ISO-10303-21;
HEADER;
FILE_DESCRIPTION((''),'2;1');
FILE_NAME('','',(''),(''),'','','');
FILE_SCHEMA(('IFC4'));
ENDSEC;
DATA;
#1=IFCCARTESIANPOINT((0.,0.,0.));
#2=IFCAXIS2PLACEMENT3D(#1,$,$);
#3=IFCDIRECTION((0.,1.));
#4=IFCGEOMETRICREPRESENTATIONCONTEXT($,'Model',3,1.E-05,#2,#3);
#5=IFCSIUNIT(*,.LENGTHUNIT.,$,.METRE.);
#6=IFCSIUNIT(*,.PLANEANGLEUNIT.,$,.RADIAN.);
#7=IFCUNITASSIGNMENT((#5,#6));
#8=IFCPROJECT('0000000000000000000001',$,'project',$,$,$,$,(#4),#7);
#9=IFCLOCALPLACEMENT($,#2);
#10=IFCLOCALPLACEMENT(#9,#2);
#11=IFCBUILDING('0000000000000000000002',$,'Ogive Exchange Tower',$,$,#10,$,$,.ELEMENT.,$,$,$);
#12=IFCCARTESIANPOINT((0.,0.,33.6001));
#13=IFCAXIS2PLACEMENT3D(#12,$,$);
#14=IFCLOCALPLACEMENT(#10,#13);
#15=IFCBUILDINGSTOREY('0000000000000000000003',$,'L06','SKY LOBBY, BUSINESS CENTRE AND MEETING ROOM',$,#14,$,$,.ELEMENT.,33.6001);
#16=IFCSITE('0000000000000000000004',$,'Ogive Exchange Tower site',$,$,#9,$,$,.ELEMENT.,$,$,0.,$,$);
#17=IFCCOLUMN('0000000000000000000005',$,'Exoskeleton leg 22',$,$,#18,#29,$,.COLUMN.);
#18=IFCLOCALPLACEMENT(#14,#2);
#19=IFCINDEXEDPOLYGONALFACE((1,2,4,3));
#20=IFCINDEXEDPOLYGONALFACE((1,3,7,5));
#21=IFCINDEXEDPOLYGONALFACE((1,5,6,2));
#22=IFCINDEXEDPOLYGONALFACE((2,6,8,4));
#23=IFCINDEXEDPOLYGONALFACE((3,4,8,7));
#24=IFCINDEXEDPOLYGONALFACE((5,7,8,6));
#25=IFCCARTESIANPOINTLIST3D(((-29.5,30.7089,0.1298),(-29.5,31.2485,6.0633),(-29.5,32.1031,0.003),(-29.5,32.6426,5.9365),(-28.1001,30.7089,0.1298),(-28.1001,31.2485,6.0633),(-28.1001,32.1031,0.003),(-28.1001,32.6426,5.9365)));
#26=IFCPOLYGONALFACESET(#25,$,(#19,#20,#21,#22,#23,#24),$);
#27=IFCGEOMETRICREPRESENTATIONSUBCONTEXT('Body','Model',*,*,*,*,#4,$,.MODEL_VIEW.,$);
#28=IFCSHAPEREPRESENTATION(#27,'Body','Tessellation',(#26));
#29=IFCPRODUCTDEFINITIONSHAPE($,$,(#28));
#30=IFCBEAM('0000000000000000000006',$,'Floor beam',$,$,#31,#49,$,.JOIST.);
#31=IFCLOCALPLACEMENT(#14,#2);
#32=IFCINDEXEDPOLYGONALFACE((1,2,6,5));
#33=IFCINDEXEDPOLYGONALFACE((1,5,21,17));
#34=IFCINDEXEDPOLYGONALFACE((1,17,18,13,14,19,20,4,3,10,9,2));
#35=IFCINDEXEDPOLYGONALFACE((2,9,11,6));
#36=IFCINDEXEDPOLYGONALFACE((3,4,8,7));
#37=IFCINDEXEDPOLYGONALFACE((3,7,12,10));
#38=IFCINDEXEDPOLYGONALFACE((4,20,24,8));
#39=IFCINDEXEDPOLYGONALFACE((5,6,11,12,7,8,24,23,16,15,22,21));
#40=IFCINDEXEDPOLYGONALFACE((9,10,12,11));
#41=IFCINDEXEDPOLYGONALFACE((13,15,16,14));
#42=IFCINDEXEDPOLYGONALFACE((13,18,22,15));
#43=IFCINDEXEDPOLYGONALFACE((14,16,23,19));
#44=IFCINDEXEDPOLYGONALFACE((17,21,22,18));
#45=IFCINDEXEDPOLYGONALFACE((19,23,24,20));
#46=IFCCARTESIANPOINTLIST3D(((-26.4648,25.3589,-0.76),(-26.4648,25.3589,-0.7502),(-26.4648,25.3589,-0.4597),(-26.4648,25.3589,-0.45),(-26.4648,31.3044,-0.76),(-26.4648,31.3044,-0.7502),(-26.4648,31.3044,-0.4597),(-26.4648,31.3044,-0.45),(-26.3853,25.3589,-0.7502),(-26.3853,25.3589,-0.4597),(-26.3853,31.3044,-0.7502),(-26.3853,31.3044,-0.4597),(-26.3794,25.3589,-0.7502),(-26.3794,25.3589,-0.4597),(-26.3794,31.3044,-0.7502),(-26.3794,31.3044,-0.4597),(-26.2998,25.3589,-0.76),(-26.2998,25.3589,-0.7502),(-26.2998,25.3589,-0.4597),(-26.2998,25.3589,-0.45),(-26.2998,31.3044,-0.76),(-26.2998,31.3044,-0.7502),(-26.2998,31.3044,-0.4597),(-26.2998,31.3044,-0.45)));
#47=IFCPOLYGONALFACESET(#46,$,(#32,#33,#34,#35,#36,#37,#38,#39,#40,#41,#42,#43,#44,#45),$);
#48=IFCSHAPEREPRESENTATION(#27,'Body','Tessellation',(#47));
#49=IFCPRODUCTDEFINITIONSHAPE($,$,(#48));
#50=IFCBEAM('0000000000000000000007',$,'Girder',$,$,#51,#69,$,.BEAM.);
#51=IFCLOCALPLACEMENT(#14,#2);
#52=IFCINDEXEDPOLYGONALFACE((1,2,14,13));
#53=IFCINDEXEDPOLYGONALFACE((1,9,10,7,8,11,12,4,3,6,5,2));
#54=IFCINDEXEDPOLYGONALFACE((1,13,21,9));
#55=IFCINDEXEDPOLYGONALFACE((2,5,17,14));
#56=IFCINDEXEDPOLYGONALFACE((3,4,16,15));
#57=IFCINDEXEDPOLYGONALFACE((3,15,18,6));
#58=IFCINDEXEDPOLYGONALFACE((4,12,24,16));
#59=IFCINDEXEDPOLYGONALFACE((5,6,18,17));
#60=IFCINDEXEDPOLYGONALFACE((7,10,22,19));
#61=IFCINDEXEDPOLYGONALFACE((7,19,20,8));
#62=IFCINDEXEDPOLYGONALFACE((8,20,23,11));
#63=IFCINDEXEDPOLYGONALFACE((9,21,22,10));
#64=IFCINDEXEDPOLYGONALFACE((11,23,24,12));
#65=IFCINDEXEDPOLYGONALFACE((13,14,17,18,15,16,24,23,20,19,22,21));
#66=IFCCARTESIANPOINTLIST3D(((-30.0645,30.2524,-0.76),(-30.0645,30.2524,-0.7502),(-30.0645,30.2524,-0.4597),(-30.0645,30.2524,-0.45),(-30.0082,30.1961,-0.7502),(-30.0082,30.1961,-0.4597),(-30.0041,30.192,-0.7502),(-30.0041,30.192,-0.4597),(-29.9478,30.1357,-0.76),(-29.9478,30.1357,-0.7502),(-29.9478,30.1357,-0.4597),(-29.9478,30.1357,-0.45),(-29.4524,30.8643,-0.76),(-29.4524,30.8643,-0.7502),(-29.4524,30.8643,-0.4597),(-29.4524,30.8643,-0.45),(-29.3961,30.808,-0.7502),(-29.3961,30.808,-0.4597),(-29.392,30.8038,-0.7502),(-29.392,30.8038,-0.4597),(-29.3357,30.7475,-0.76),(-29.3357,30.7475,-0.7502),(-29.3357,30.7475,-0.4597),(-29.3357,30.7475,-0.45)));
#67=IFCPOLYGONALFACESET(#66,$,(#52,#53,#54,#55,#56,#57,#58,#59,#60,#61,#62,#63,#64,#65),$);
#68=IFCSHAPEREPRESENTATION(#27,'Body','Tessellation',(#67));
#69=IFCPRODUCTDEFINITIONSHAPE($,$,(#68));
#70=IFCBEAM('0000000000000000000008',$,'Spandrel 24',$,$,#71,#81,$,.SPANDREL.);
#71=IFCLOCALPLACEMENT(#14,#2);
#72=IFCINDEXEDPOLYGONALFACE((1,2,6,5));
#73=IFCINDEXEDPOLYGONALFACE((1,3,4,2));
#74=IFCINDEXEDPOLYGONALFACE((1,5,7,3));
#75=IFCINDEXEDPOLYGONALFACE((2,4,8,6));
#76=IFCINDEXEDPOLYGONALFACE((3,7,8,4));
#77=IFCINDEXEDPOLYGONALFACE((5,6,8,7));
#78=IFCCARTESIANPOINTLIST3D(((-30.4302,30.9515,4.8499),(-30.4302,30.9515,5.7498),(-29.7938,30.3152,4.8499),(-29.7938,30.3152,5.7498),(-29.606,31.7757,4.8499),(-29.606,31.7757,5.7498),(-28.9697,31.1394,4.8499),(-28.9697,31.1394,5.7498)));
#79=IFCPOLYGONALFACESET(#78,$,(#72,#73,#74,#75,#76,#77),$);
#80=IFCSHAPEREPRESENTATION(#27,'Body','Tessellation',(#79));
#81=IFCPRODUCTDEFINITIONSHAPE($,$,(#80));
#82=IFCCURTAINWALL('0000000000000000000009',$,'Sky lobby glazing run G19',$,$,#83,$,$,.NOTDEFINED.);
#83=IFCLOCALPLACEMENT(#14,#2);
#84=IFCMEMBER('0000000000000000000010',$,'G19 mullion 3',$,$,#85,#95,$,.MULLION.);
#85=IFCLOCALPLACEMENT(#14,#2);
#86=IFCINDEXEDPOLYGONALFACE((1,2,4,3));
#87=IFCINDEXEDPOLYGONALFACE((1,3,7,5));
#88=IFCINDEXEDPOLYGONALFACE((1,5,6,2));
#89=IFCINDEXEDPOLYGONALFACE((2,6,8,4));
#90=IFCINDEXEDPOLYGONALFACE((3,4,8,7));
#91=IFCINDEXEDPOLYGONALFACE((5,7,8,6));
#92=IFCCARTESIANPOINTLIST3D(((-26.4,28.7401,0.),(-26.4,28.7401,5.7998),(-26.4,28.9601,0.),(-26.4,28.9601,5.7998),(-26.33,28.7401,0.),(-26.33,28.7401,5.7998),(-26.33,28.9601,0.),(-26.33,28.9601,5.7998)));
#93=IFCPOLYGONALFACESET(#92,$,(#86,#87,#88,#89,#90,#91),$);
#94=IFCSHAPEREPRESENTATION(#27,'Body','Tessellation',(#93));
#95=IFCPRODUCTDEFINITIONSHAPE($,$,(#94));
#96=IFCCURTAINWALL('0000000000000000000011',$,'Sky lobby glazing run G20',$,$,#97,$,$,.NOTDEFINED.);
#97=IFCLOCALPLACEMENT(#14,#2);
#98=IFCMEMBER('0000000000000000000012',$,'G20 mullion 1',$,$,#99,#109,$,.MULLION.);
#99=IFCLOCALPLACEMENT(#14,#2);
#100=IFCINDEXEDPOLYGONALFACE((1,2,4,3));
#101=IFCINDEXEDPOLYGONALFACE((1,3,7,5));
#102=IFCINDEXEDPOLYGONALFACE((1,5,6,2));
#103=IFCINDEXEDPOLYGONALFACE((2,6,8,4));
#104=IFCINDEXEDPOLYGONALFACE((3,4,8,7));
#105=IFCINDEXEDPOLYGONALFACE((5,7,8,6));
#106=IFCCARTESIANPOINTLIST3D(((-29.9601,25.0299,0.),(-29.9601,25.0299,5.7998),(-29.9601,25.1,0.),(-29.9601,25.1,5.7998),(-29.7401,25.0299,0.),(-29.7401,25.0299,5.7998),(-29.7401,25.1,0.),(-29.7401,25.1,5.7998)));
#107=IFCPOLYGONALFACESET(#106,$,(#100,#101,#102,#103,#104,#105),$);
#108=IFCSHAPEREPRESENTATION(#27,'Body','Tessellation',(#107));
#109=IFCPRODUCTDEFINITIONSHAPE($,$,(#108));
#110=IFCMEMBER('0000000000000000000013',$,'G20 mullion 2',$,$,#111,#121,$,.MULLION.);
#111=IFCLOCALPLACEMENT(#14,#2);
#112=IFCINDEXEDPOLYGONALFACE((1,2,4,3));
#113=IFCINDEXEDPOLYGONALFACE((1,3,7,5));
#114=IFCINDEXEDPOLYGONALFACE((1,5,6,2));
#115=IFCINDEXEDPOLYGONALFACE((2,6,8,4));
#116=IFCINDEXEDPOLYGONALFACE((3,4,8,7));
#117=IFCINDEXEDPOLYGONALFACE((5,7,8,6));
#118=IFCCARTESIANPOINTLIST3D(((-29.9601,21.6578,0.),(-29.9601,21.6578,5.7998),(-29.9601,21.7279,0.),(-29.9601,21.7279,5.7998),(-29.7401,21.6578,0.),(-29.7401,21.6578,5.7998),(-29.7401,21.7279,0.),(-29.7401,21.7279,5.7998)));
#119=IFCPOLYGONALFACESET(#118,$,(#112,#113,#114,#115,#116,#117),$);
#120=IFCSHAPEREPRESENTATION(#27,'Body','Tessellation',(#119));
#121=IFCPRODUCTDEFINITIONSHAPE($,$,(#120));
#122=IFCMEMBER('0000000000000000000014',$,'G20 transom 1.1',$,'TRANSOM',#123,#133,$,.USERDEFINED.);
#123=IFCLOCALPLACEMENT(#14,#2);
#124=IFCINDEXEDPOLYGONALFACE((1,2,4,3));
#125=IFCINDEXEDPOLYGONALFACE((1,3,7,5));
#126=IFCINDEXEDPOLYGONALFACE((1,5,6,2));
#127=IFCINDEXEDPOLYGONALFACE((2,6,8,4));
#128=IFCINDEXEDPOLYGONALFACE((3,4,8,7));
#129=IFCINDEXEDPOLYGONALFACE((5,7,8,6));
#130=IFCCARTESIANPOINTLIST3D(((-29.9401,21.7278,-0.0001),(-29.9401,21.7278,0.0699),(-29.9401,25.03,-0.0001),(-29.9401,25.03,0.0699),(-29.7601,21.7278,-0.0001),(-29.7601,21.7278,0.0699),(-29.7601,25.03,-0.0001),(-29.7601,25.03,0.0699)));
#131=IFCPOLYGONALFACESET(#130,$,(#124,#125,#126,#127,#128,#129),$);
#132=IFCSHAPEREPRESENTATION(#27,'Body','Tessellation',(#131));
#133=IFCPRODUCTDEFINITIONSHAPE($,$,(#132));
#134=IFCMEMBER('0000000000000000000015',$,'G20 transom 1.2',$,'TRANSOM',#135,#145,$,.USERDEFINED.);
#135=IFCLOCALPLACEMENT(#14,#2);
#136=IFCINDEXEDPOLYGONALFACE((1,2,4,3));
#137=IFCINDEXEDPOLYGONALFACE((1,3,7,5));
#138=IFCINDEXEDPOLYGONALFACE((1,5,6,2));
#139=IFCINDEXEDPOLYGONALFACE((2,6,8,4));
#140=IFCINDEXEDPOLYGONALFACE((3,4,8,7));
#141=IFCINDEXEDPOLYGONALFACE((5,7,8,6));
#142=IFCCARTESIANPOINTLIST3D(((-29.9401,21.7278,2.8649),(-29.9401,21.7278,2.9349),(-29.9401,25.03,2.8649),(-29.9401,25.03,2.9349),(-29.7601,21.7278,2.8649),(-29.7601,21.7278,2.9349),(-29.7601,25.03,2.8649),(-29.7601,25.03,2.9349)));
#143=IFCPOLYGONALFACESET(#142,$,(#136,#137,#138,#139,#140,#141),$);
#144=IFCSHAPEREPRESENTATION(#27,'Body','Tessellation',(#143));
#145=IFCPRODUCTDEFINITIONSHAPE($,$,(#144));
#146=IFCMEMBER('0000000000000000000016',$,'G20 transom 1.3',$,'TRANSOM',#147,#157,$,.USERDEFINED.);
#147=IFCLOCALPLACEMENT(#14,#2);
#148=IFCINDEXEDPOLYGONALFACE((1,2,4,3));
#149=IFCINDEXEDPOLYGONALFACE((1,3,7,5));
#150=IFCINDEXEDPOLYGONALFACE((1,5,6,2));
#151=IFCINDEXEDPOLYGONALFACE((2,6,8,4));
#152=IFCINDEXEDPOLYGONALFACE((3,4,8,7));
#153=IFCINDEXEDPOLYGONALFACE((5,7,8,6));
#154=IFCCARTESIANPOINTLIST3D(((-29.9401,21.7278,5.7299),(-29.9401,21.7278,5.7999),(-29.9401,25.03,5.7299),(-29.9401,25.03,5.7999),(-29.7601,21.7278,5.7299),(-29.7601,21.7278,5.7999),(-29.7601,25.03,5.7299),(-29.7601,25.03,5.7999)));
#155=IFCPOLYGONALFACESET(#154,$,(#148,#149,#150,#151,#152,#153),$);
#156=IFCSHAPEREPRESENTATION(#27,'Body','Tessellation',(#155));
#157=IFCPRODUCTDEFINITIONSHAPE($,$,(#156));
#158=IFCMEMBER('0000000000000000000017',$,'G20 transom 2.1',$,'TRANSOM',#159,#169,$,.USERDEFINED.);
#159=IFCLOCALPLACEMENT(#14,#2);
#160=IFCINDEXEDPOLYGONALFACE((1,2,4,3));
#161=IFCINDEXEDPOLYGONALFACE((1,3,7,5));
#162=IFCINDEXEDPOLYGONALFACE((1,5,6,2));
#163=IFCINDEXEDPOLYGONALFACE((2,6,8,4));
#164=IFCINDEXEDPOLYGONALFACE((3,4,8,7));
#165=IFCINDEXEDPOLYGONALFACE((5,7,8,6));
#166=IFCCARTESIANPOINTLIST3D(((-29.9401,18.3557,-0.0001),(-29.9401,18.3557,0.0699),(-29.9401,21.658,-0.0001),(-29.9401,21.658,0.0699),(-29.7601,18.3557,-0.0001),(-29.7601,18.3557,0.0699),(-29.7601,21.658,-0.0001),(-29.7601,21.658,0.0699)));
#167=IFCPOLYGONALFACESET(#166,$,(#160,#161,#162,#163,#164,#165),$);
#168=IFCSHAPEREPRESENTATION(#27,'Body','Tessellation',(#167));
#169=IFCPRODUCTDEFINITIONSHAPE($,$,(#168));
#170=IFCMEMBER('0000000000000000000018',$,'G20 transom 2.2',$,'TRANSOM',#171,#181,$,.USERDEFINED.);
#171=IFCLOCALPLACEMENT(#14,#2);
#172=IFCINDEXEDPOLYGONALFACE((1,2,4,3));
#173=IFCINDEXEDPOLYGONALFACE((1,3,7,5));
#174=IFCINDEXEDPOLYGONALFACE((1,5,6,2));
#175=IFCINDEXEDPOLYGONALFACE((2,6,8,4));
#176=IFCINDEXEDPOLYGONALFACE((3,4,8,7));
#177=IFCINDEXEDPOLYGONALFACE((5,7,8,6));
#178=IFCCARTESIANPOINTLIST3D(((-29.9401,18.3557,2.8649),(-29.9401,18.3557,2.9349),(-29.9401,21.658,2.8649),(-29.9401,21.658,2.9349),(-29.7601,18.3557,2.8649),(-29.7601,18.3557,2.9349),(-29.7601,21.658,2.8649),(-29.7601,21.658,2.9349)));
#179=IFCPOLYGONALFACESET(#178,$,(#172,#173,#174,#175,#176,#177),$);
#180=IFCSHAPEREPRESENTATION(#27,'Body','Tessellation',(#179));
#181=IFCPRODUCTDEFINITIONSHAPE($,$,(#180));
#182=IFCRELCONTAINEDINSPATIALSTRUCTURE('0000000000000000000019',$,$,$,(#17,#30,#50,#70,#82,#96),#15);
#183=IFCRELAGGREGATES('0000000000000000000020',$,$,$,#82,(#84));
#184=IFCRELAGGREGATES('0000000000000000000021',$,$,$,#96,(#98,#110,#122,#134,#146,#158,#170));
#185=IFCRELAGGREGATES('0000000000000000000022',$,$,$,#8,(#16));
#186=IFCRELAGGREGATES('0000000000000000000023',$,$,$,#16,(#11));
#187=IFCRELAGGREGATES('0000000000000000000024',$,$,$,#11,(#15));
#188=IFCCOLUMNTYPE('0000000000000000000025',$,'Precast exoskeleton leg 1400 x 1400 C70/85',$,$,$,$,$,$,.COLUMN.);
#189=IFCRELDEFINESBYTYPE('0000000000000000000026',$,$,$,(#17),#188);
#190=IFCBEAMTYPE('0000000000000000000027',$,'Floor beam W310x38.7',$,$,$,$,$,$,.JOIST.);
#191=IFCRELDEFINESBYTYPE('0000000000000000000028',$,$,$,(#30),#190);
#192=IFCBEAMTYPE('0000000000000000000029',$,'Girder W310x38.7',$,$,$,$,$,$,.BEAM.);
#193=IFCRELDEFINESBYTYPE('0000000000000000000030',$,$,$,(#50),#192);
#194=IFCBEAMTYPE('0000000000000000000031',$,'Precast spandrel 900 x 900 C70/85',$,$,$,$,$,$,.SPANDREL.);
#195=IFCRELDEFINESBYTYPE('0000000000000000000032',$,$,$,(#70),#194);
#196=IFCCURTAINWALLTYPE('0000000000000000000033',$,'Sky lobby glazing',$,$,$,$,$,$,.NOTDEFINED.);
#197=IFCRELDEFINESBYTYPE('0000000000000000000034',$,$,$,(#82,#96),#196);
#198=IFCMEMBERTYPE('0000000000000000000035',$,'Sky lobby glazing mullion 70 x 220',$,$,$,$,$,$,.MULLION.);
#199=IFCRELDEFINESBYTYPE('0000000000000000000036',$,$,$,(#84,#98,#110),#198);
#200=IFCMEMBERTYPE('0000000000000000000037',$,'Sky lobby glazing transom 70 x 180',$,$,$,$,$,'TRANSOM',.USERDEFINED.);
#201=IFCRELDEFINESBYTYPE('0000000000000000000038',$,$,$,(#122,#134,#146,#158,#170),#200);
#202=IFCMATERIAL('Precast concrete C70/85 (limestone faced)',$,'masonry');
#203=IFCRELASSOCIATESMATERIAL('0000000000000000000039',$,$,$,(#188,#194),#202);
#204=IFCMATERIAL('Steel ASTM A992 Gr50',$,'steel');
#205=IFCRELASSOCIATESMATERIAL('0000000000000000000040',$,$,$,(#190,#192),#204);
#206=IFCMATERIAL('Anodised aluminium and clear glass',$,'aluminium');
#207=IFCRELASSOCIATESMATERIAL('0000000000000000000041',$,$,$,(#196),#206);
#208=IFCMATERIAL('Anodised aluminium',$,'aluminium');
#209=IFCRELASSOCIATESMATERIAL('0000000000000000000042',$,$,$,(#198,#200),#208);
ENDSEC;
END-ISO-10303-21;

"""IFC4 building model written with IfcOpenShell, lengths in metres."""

from ifc_helpers import new_model, si_unit, direction, frame, origin, origin_2d, place, context, subcontext, project, spatial, rectangle, i_section, extrude, material, material_profile, profile_set, type_object, element, aggregate, save


model = new_model("IFC4")

# Units and contexts
model_context = context("Model", 3, precision=1e-05, world=origin(), true_north=direction((0.0, 1.0)))
body_context = subcontext(model_context, "Body", "Model", "MODEL_VIEW")
ifc_project = project(units=[si_unit("LENGTHUNIT", "METRE"), si_unit("PLANEANGLEUNIT", "RADIAN")], contexts=[model_context])

# Site, building, storey
site_placement = place(None, origin())
site = spatial("IfcSite", under=ifc_project, at=site_placement, Name="Ogive Exchange Tower site", CompositionType="ELEMENT", RefElevation=0.0)
building_placement = place(site_placement, origin())
building = spatial("IfcBuilding", under=site, at=building_placement, Name="Ogive Exchange Tower", CompositionType="ELEMENT")
storey_placement = place(building_placement, frame((0.0, 0.0, 33.6001)))
storey = spatial("IfcBuildingStorey", under=building, at=storey_placement, Name="L06", Description="SKY LOBBY, BUSINESS CENTRE AND MEETING ROOM", CompositionType="ELEMENT", Elevation=33.6001)

# Column
ifc_material_1 = material(Name="Precast concrete C70/85 (limestone faced)", Category="masonry")
ifc_material_profile_1 = material_profile(ifc_material_1, rectangle(XDim=1.3999, YDim=1.3999, at=origin_2d()), Name="1400 x 1400")
ifc_profile_set_1 = profile_set([ifc_material_profile_1], Name="Precast concrete C70/85 (limestone faced)")
column_type = type_object("IfcColumnType", Name="Precast exoskeleton leg 1400 x 1400 C70/85", PredefinedType="COLUMN", material=ifc_profile_set_1)
column_placement = place(storey_placement, frame((-28.8, 31.406, 0.0664), z_axis=(0.0, 0.090558, 0.995891), x_axis=(-1.0, 0.0, 0.0)))
element("IfcColumn", 1, at=column_placement, inside=storey, type_object=column_type, Name="Exoskeleton leg 22", PredefinedType="COLUMN", context=body_context, shape_type="SweptSolid", body=[
    extrude(rectangle(XDim=1.3999, YDim=1.3999, at=origin_2d()), origin(), (0.0, 0.0, 1.0), 5.958),
])

# Beams
ifc_material_2 = material(Name="Steel ASTM A992 Gr50", Category="steel")
ifc_material_profile_2 = material_profile(ifc_material_2, i_section(OverallWidth=0.165, OverallDepth=0.3101, WebThickness=0.0059, FlangeThickness=0.0098, at=origin_2d()), Name="W310x38.7")
ifc_profile_set_2 = profile_set([ifc_material_profile_2], Name="Steel ASTM A992 Gr50")
beam_type_1 = type_object("IfcBeamType", Name="Floor beam W310x38.7", PredefinedType="JOIST", material=ifc_profile_set_2)
beam_1_placement = place(storey_placement, frame((-26.3823, 25.3589, -0.605), z_axis=(0.0, 1.0, 0.0), x_axis=(-1.0, 0.0, 0.0)))
element("IfcBeam", 2, at=beam_1_placement, inside=storey, type_object=beam_type_1, Name="Floor beam", PredefinedType="JOIST", context=body_context, shape_type="SweptSolid", body=[
    extrude(i_section(OverallWidth=0.165, OverallDepth=0.3101, WebThickness=0.0059, FlangeThickness=0.0098, at=origin_2d()), origin(), (0.0, 0.0, 1.0), 5.9456),
])
ifc_material_profile_3 = material_profile(ifc_material_2, i_section(OverallWidth=0.165, OverallDepth=0.3101, WebThickness=0.0059, FlangeThickness=0.0098, at=origin_2d()), Name="W310x38.7")
ifc_profile_set_3 = profile_set([ifc_material_profile_3], Name="Steel ASTM A992 Gr50")
beam_type_2 = type_object("IfcBeamType", Name="Girder W310x38.7", PredefinedType="BEAM", material=ifc_profile_set_3)
beam_2_placement = place(storey_placement, frame((-29.394, 30.8059, -0.605), z_axis=(-0.707248, -0.706966, 0.0), x_axis=(0.706966, -0.707248, 0.0)))
element("IfcBeam", 3, at=beam_2_placement, inside=storey, type_object=beam_type_2, Name="Girder", PredefinedType="BEAM", context=body_context, shape_type="SweptSolid", body=[
    extrude(i_section(OverallWidth=0.165, OverallDepth=0.3101, WebThickness=0.0059, FlangeThickness=0.0098, at=origin_2d()), origin(), (0.0, 0.0, 1.0), 0.8655),
])
ifc_material_profile_4 = material_profile(ifc_material_1, rectangle(XDim=0.8999, YDim=0.8999, at=origin_2d()), Name="900 x 900")
ifc_profile_set_4 = profile_set([ifc_material_profile_4], Name="Precast concrete C70/85 (limestone faced)")
beam_type_3 = type_object("IfcBeamType", Name="Precast spandrel 900 x 900 C70/85", PredefinedType="SPANDREL", material=ifc_profile_set_4)
beam_3_placement = place(storey_placement, frame((-29.2878, 31.4575, 5.2998), z_axis=(-0.707107, -0.707107, 0.0), x_axis=(0.707107, -0.707107, 0.0)))
element("IfcBeam", 4, at=beam_3_placement, inside=storey, type_object=beam_type_3, Name="Spandrel 24", PredefinedType="SPANDREL", context=body_context, shape_type="SweptSolid", body=[
    extrude(rectangle(XDim=0.8999, YDim=0.8999, at=origin_2d()), origin(), (0.0, 0.0, 1.0), 1.1655),
])

# Curtain wall, member
ifc_material_3 = material(Name="Anodised aluminium and clear glass", Category="aluminium")
curtain_wall_type = type_object("IfcCurtainWallType", Name="Sky lobby glazing", PredefinedType="NOTDEFINED", material=ifc_material_3)
curtain_wall_1_placement = place(storey_placement, origin())
curtain_wall_1 = element("IfcCurtainWall", 5, at=curtain_wall_1_placement, inside=storey, type_object=curtain_wall_type, Name="Sky lobby glazing run G19", PredefinedType="NOTDEFINED")
ifc_material_4 = material(Name="Anodised aluminium", Category="aluminium")
ifc_material_profile_5 = material_profile(ifc_material_4, rectangle(XDim=0.22, YDim=0.0701, at=origin_2d()), Name="AL 70x220")
ifc_profile_set_5 = profile_set([ifc_material_profile_5], Name="Anodised aluminium")
member_type_1 = type_object("IfcMemberType", Name="Sky lobby glazing mullion 70 x 220", PredefinedType="MULLION", material=ifc_profile_set_5)
member_1_placement = place(storey_placement, frame((-26.365, 28.8501, 0.0), z_axis=(0.0, 0.0, 1.0), x_axis=(0.0, -1.0, 0.0)))
member_1 = element("IfcMember", 6, at=member_1_placement, type_object=member_type_1, Name="G19 mullion 3", PredefinedType="MULLION", context=body_context, shape_type="SweptSolid", body=[
    extrude(rectangle(XDim=0.22, YDim=0.0701, at=origin_2d()), origin(), (0.0, 0.0, 1.0), 5.7998),
])

# Curtain wall, members
curtain_wall_2_placement = place(storey_placement, origin())
curtain_wall_2 = element("IfcCurtainWall", 7, at=curtain_wall_2_placement, inside=storey, type_object=curtain_wall_type, Name="Sky lobby glazing run G20", PredefinedType="NOTDEFINED")
member_2_placement = place(storey_placement, frame((-29.8501, 25.0649, 0.0), z_axis=(0.0, 0.0, 1.0), x_axis=(1.0, 0.0, 0.0)))
member_2 = element("IfcMember", 8, at=member_2_placement, type_object=member_type_1, Name="G20 mullion 1", PredefinedType="MULLION", context=body_context, shape_type="SweptSolid", body=[
    extrude(rectangle(XDim=0.22, YDim=0.0701, at=origin_2d()), origin(), (0.0, 0.0, 1.0), 5.7998),
])
member_3_placement = place(storey_placement, frame((-29.8501, 21.6929, 0.0), z_axis=(0.0, 0.0, 1.0), x_axis=(1.0, 0.0, 0.0)))
member_3 = element("IfcMember", 9, at=member_3_placement, type_object=member_type_1, Name="G20 mullion 2", PredefinedType="MULLION", context=body_context, shape_type="SweptSolid", body=[
    extrude(rectangle(XDim=0.22, YDim=0.0701, at=origin_2d()), origin(), (0.0, 0.0, 1.0), 5.7998),
])
ifc_material_profile_6 = material_profile(ifc_material_4, rectangle(XDim=0.1799, YDim=0.0701, at=origin_2d()), Name="AL 70x180")
ifc_profile_set_6 = profile_set([ifc_material_profile_6], Name="Anodised aluminium")
member_type_2 = type_object("IfcMemberType", Name="Sky lobby glazing transom 70 x 180", ElementType="TRANSOM", PredefinedType="USERDEFINED", material=ifc_profile_set_6)
member_4_placement = place(storey_placement, frame((-29.8501, 25.03, 0.0349), z_axis=(0.0, -1.0, 0.0), x_axis=(1.0, 0.0, 0.0)))
member_4 = element("IfcMember", 10, at=member_4_placement, type_object=member_type_2, Name="G20 transom 1.1", ObjectType="TRANSOM", PredefinedType="USERDEFINED", context=body_context, shape_type="SweptSolid", body=[
    extrude(rectangle(XDim=0.1799, YDim=0.0701, at=origin_2d()), origin(), (0.0, 0.0, 1.0), 3.3022),
])
member_5_placement = place(storey_placement, frame((-29.8501, 25.03, 2.8999), z_axis=(0.0, -1.0, 0.0), x_axis=(1.0, 0.0, 0.0)))
member_5 = element("IfcMember", 11, at=member_5_placement, type_object=member_type_2, Name="G20 transom 1.2", ObjectType="TRANSOM", PredefinedType="USERDEFINED", context=body_context, shape_type="SweptSolid", body=[
    extrude(rectangle(XDim=0.1799, YDim=0.0701, at=origin_2d()), origin(), (0.0, 0.0, 1.0), 3.3022),
])
member_6_placement = place(storey_placement, frame((-29.8501, 25.03, 5.7649), z_axis=(0.0, -1.0, 0.0), x_axis=(1.0, 0.0, 0.0)))
member_6 = element("IfcMember", 12, at=member_6_placement, type_object=member_type_2, Name="G20 transom 1.3", ObjectType="TRANSOM", PredefinedType="USERDEFINED", context=body_context, shape_type="SweptSolid", body=[
    extrude(rectangle(XDim=0.1799, YDim=0.0701, at=origin_2d()), origin(), (0.0, 0.0, 1.0), 3.3022),
])
member_7_placement = place(storey_placement, frame((-29.8501, 21.658, 0.0349), z_axis=(0.0, -1.0, 0.0), x_axis=(1.0, 0.0, 0.0)))
member_7 = element("IfcMember", 13, at=member_7_placement, type_object=member_type_2, Name="G20 transom 2.1", ObjectType="TRANSOM", PredefinedType="USERDEFINED", context=body_context, shape_type="SweptSolid", body=[
    extrude(rectangle(XDim=0.1799, YDim=0.0701, at=origin_2d()), origin(), (0.0, 0.0, 1.0), 3.3022),
])
member_8_placement = place(storey_placement, frame((-29.8501, 21.658, 2.8999), z_axis=(0.0, -1.0, 0.0), x_axis=(1.0, 0.0, 0.0)))
member_8 = element("IfcMember", 14, at=member_8_placement, type_object=member_type_2, Name="G20 transom 2.2", ObjectType="TRANSOM", PredefinedType="USERDEFINED", context=body_context, shape_type="SweptSolid", body=[
    extrude(rectangle(XDim=0.1799, YDim=0.0701, at=origin_2d()), origin(), (0.0, 0.0, 1.0), 3.3022),
])

aggregate(curtain_wall_1, [member_1])
aggregate(curtain_wall_2, [member_2, member_3, member_4, member_5, member_6, member_7, member_8])

save(model, "model.ifc")
